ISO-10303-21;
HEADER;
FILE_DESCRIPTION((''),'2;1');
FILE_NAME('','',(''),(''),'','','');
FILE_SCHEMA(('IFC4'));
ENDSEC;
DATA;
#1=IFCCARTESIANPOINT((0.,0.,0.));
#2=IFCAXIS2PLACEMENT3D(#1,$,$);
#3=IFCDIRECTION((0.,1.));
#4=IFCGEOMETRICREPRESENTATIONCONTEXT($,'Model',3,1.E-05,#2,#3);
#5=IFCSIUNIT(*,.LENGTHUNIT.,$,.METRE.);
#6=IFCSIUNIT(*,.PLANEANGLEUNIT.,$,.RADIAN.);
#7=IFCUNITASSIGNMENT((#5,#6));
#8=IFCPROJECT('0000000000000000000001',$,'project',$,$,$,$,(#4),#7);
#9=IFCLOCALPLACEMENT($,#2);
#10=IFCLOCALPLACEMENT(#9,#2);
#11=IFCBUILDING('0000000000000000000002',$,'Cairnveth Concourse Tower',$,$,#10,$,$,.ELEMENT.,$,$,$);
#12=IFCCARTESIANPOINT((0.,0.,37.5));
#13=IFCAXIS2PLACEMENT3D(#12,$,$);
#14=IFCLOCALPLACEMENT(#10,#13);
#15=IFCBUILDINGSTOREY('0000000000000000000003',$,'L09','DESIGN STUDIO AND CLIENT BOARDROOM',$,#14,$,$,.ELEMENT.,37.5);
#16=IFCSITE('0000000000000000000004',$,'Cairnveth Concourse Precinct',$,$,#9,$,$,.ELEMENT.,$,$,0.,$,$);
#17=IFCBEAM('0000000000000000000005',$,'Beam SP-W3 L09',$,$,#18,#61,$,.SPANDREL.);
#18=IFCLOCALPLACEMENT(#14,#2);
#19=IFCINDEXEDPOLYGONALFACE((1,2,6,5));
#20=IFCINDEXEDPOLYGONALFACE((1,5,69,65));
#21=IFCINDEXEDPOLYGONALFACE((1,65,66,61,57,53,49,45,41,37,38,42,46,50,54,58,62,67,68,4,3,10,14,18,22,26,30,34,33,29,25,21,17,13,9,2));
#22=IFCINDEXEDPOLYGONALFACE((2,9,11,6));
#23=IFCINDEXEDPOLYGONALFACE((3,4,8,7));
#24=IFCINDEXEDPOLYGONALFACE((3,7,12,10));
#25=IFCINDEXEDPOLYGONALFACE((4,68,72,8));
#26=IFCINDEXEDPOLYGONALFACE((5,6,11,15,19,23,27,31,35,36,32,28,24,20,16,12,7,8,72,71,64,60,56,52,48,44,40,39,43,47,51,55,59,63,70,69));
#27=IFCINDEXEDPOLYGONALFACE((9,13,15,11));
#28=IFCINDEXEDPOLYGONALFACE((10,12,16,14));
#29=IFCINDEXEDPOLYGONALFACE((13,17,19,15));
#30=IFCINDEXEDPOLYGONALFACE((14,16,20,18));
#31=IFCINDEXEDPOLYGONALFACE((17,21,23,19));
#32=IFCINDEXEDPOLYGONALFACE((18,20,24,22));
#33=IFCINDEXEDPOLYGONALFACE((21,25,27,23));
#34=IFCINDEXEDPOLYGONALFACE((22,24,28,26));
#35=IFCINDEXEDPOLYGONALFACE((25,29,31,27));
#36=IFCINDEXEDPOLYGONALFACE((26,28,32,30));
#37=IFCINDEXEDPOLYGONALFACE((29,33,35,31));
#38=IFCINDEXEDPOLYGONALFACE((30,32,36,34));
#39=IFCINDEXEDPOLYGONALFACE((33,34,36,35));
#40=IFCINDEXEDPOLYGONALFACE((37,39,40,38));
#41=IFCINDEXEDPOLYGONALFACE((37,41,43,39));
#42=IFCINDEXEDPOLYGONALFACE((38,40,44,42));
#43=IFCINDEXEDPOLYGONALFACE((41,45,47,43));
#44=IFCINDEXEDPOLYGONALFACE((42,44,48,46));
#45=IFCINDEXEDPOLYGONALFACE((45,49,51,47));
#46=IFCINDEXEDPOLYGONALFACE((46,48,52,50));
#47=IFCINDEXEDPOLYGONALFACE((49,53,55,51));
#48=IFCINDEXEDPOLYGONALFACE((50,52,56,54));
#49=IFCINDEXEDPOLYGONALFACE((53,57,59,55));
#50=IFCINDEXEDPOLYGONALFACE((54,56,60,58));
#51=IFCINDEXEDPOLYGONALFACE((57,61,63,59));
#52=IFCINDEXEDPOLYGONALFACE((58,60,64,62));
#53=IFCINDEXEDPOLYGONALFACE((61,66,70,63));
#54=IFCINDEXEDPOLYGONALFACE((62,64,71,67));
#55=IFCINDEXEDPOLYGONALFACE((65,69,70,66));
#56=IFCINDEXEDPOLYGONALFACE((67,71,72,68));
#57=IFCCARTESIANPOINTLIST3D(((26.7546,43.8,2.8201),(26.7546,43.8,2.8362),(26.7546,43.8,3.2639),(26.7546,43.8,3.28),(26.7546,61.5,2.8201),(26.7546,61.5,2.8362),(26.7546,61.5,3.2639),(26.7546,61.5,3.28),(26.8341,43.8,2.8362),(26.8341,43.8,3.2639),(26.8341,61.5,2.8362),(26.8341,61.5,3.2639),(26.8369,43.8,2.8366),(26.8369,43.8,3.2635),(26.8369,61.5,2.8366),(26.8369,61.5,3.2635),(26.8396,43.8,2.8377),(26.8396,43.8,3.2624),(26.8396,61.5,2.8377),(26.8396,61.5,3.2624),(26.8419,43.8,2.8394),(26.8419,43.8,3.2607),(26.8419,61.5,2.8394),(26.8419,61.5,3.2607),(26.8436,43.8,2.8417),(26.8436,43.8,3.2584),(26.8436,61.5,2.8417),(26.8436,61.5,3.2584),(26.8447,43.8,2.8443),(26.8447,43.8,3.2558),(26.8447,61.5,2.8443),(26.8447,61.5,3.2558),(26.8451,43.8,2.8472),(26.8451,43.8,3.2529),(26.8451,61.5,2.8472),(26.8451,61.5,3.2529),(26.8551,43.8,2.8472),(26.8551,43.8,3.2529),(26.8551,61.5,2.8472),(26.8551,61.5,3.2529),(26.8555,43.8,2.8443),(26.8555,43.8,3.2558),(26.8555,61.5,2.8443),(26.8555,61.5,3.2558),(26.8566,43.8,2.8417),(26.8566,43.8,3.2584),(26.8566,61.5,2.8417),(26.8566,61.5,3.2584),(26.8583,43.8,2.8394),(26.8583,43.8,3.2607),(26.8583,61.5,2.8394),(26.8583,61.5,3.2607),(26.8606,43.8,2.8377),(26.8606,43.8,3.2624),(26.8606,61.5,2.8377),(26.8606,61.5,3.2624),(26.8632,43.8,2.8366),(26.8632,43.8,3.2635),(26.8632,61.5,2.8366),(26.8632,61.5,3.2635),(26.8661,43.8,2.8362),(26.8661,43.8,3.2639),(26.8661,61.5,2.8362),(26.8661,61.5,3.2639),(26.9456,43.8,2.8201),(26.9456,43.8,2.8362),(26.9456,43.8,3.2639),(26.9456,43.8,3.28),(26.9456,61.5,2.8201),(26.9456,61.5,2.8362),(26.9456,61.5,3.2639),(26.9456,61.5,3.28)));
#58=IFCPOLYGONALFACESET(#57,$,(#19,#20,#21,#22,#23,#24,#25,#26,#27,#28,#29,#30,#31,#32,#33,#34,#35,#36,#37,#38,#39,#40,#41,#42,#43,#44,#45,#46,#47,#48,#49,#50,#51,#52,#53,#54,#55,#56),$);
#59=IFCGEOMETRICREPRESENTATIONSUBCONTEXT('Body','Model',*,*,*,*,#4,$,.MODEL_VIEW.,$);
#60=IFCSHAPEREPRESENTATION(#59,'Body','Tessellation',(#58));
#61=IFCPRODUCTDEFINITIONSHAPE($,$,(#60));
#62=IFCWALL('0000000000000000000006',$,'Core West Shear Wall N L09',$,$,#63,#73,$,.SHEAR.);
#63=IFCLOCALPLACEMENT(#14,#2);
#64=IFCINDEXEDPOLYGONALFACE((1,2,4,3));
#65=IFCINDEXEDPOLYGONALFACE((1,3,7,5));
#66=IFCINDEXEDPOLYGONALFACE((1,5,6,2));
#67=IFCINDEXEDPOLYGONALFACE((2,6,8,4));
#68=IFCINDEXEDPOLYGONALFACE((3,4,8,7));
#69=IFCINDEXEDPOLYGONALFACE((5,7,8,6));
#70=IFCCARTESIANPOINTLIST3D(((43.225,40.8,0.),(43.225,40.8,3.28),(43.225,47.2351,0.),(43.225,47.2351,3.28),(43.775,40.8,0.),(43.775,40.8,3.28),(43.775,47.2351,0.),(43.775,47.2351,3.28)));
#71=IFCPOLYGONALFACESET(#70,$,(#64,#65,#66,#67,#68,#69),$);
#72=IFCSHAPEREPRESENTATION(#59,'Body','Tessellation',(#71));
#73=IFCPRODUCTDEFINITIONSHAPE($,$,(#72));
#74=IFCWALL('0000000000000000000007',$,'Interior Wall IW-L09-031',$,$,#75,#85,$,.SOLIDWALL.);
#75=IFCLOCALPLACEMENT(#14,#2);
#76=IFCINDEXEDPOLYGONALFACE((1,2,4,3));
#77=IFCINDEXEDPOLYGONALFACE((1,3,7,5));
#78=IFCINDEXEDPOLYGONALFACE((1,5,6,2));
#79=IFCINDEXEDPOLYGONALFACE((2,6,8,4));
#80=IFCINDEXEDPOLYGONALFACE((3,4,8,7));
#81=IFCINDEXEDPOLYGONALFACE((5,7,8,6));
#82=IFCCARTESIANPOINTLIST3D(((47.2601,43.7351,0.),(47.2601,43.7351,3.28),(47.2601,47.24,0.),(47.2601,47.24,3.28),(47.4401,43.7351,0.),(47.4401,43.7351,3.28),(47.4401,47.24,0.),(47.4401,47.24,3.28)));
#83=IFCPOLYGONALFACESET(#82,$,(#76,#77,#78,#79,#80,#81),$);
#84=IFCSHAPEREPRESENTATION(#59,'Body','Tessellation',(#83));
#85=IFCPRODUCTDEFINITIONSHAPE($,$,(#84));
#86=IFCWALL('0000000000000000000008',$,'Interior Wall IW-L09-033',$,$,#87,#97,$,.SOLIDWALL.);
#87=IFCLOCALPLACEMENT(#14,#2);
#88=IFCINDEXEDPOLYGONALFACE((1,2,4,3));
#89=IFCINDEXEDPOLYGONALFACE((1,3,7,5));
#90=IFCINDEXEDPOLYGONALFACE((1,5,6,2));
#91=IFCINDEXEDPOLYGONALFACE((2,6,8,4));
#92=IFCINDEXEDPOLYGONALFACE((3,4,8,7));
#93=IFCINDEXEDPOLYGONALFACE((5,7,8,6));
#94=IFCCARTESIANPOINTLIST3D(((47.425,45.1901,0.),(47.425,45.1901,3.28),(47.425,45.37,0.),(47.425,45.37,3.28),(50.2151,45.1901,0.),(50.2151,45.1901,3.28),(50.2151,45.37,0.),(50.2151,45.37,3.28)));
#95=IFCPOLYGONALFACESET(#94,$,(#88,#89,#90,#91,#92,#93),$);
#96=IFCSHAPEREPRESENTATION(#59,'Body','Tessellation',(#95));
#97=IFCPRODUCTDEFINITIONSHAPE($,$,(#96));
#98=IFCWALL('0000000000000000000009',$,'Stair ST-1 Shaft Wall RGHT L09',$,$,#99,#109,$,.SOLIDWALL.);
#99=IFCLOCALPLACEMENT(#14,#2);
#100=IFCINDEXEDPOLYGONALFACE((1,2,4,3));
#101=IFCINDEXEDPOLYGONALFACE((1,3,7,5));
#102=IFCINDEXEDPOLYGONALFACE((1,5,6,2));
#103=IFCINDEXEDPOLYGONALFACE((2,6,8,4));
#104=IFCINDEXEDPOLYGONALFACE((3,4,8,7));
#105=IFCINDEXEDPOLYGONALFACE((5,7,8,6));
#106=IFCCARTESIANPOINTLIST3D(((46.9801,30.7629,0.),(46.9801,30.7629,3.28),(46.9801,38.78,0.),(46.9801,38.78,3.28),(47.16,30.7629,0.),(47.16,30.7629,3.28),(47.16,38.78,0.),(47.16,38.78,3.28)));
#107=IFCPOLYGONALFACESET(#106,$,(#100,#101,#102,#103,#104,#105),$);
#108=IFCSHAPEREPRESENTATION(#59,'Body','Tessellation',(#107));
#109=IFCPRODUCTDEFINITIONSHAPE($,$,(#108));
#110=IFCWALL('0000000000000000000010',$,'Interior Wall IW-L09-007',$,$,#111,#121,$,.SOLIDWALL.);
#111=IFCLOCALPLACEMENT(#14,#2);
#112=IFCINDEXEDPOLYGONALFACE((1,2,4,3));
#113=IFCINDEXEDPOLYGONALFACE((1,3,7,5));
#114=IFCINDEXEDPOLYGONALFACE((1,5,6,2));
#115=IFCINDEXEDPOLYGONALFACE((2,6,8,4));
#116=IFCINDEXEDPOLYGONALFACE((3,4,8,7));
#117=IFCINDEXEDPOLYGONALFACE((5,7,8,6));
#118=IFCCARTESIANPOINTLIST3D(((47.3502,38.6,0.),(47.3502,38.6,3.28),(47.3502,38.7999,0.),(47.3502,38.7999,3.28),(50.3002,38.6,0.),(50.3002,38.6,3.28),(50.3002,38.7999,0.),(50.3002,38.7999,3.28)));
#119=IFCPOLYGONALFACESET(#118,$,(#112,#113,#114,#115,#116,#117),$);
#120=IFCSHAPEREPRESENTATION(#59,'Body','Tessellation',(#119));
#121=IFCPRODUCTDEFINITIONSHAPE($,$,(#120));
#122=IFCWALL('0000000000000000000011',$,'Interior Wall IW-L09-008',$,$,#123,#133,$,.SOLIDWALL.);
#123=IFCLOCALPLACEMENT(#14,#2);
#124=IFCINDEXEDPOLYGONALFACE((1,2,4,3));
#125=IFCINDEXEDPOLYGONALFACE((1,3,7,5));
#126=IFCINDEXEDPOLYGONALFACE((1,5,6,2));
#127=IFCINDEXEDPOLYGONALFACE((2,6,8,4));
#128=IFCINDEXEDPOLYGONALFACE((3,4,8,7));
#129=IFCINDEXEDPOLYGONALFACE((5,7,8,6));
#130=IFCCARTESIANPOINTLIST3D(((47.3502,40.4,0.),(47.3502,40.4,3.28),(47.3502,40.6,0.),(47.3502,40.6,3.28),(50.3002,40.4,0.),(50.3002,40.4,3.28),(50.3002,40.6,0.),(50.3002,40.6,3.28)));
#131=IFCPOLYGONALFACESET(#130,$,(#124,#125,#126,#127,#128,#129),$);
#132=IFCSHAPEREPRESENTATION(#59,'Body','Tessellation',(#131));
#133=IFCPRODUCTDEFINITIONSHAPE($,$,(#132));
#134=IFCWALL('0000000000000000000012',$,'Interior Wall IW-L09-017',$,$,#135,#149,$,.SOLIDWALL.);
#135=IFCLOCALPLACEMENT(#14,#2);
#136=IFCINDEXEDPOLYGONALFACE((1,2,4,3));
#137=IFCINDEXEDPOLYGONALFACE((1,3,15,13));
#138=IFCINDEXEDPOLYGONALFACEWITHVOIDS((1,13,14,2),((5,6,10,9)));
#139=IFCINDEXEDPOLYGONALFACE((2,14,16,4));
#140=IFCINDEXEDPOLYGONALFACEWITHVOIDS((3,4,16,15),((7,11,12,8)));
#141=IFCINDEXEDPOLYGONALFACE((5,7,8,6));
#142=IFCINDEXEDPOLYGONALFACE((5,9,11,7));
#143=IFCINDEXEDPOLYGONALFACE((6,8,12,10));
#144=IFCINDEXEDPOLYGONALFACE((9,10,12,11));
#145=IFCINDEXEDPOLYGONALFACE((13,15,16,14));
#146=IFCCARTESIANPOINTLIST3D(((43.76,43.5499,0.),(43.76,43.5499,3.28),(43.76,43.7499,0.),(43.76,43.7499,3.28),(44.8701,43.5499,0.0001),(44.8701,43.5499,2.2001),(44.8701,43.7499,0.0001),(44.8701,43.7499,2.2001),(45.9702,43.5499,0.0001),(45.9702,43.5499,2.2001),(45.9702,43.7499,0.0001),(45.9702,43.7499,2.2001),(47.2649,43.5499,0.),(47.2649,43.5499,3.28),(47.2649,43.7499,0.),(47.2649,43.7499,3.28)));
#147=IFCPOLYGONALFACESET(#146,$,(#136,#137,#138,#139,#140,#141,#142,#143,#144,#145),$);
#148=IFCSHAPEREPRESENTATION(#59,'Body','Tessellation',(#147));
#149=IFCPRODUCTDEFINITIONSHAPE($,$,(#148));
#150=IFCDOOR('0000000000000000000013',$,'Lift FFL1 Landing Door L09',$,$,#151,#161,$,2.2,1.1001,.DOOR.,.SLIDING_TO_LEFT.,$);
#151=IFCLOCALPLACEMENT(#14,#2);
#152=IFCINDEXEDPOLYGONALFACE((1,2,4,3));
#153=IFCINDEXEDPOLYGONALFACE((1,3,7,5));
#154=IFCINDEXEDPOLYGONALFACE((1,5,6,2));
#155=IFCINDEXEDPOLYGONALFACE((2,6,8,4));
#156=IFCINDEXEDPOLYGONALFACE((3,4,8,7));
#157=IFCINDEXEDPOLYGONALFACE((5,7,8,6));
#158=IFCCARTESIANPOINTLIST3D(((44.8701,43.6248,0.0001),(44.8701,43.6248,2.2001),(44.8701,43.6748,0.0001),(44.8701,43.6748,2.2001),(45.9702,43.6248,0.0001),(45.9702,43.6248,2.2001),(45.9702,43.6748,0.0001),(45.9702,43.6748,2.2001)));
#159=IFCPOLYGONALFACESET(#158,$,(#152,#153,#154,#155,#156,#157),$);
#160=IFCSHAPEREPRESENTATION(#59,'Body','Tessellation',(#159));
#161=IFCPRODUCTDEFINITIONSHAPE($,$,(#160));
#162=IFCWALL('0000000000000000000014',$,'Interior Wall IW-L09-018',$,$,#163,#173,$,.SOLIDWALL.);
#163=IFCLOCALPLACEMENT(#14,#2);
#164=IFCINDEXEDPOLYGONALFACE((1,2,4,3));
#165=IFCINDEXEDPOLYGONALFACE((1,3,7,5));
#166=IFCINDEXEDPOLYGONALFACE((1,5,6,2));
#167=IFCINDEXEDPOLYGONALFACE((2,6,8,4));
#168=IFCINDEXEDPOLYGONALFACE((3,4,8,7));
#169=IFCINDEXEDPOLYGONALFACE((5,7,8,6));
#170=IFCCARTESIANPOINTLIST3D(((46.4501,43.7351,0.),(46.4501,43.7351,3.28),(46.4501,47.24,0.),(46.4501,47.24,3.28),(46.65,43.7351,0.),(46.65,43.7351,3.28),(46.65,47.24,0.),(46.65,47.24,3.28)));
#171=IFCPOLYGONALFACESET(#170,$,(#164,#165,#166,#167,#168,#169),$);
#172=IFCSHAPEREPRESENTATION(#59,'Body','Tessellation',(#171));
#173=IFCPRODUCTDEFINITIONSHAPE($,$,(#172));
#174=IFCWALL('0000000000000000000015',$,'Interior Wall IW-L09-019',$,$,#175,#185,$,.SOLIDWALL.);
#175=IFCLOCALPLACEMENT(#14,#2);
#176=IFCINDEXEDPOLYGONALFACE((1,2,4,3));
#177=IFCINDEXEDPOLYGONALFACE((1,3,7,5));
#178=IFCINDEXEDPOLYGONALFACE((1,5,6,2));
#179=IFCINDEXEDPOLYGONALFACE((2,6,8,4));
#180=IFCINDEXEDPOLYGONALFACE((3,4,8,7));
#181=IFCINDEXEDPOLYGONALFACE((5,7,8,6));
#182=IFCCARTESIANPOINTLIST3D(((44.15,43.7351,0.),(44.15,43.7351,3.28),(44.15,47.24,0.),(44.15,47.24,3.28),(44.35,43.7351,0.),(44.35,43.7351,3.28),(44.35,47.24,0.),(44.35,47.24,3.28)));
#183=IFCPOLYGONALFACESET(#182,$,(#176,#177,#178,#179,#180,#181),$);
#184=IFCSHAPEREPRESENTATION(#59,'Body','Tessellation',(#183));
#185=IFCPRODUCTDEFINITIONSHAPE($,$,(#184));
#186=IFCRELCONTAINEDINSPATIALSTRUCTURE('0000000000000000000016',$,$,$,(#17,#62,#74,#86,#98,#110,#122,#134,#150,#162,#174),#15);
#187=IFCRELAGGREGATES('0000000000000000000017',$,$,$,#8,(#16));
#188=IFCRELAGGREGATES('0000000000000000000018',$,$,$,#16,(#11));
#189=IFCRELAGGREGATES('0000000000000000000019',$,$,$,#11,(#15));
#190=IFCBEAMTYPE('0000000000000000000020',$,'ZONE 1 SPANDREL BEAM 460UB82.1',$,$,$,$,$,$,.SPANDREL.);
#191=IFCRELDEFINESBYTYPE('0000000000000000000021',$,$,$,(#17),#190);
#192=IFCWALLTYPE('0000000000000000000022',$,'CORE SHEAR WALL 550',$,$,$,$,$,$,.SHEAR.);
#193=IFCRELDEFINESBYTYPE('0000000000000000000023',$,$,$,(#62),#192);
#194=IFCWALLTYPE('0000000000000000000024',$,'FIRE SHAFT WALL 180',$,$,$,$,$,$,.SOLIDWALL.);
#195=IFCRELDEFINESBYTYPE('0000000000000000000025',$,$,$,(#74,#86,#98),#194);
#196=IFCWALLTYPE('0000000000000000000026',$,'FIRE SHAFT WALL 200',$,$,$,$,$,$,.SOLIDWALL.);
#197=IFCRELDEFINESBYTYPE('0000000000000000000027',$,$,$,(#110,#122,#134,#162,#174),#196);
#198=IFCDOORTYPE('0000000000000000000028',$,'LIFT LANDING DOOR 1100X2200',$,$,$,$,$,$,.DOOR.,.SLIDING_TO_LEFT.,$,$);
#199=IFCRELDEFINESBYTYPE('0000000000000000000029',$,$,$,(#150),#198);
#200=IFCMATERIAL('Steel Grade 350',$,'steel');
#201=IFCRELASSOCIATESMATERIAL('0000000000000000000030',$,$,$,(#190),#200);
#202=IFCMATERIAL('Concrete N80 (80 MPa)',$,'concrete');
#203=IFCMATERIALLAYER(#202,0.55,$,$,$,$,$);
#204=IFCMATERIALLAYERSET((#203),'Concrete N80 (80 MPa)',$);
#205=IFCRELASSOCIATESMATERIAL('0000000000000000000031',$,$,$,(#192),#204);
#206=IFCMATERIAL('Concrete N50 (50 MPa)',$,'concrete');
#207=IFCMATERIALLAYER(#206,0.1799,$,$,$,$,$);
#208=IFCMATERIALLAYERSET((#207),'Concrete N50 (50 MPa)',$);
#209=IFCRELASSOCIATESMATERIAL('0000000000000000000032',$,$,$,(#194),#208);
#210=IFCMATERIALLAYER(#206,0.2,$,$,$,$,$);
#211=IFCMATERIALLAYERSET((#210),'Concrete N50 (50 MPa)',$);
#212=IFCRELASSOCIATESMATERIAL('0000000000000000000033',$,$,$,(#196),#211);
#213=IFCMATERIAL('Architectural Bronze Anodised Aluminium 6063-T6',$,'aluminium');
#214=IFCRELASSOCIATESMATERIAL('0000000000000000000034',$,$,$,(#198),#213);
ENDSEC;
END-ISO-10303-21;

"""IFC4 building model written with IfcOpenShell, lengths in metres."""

from ifc_helpers import new_model, si_unit, direction, frame, frame_2d, origin, origin_2d, place, context, subcontext, project, spatial, rectangle, i_section, extrude, material, layer, layer_set, material_profile, profile_set, type_object, element, fill, save


model = new_model("IFC4")

# Units and contexts
model_context = context("Model", 3, precision=1e-05, world=origin(), true_north=direction((0.0, 1.0)))
body_context = subcontext(model_context, "Body", "Model", "MODEL_VIEW")
ifc_project = project(units=[si_unit("LENGTHUNIT", "METRE"), si_unit("PLANEANGLEUNIT", "RADIAN")], contexts=[model_context])

# Site, building, storey
site_placement = place(None, origin())
site = spatial("IfcSite", under=ifc_project, at=site_placement, Name="Cairnveth Concourse Precinct", CompositionType="ELEMENT", RefElevation=0.0)
building_placement = place(site_placement, origin())
building = spatial("IfcBuilding", under=site, at=building_placement, Name="Cairnveth Concourse Tower", CompositionType="ELEMENT")
storey_placement = place(building_placement, frame((0.0, 0.0, 37.5)))
storey = spatial("IfcBuildingStorey", under=building, at=storey_placement, Name="L09", Description="DESIGN STUDIO AND CLIENT BOARDROOM", CompositionType="ELEMENT", Elevation=37.5)

# Shared definitions
ifc_material_1 = material(Name="Concrete N80 (80 MPa)", Category="concrete")

# Beam
ifc_material_2 = material(Name="Steel Grade 350", Category="steel")
ifc_material_profile_1 = material_profile(ifc_material_2, i_section(OverallWidth=0.1909, OverallDepth=0.46, WebThickness=0.01, FlangeThickness=0.0161, FilletRadius=0.011, at=origin_2d()), Name="460UB82.1")
ifc_profile_set_1 = profile_set([ifc_material_profile_1], Name="Steel Grade 350")
beam_type_1 = type_object("IfcBeamType", Name="ZONE 1 SPANDREL BEAM 460UB82.1", PredefinedType="SPANDREL", material=ifc_profile_set_1)
beam_1_placement = place(storey_placement, frame((26.8501, 43.8, 3.05), z_axis=(0.0, 1.0, 0.0), x_axis=(-1.0, 0.0, 0.0)))
element("IfcBeam", 1, at=beam_1_placement, inside=storey, type_object=beam_type_1, Name="Beam SP-W3 L09", PredefinedType="SPANDREL", context=body_context, shape_type="SweptSolid", body=[
    extrude(i_section(OverallWidth=0.1909, OverallDepth=0.46, WebThickness=0.01, FlangeThickness=0.0161, FilletRadius=0.011, at=origin_2d()), origin(), (0.0, 0.0, 1.0), 17.7),
])

# Walls
ifc_layer_1 = layer(ifc_material_1, 0.55)
ifc_layer_set_1 = layer_set([ifc_layer_1], Name="Concrete N80 (80 MPa)")
wall_type_1 = type_object("IfcWallType", Name="CORE SHEAR WALL 550", PredefinedType="SHEAR", material=ifc_layer_set_1)
wall_1_placement = place(storey_placement, frame((43.5, 40.8, 0.0), z_axis=(0.0, 0.0, 1.0), x_axis=(0.0, 1.0, 0.0)))
element("IfcWall", 2, at=wall_1_placement, inside=storey, type_object=wall_type_1, Name="Core West Shear Wall N L09", PredefinedType="SHEAR", context=body_context, shape_type="SweptSolid", body=[
    extrude(rectangle(XDim=6.4351, YDim=0.55, at=frame_2d((3.2175, 0.0))), origin(), (0.0, 0.0, 1.0), 3.28),
])
ifc_material_3 = material(Name="Concrete N50 (50 MPa)", Category="concrete")
ifc_layer_2 = layer(ifc_material_3, 0.1799)
ifc_layer_set_2 = layer_set([ifc_layer_2], Name="Concrete N50 (50 MPa)")
wall_type_2 = type_object("IfcWallType", Name="FIRE SHAFT WALL 180", PredefinedType="SOLIDWALL", material=ifc_layer_set_2)
wall_2_placement = place(storey_placement, frame((47.3501, 43.7351, 0.0), z_axis=(0.0, 0.0, 1.0), x_axis=(0.0, 1.0, 0.0)))
element("IfcWall", 3, at=wall_2_placement, inside=storey, type_object=wall_type_2, Name="Interior Wall IW-L09-031", PredefinedType="SOLIDWALL", context=body_context, shape_type="SweptSolid", body=[
    extrude(rectangle(XDim=3.5049, YDim=0.1799, at=frame_2d((1.7524, 0.0))), origin(), (0.0, 0.0, 1.0), 3.28),
])
wall_3_placement = place(storey_placement, frame((47.425, 45.28, 0.0), z_axis=(0.0, 0.0, 1.0), x_axis=(1.0, 0.0, 0.0)))
element("IfcWall", 4, at=wall_3_placement, inside=storey, type_object=wall_type_2, Name="Interior Wall IW-L09-033", PredefinedType="SOLIDWALL", context=body_context, shape_type="SweptSolid", body=[
    extrude(rectangle(XDim=2.79, YDim=0.1799, at=frame_2d((1.395, 0.0))), origin(), (0.0, 0.0, 1.0), 3.28),
])

# Walls
wall_4_placement = place(storey_placement, frame((47.0701, 38.78, 0.0), z_axis=(0.0, 0.0, 1.0), x_axis=(0.0, -1.0, 0.0)))
element("IfcWall", 5, at=wall_4_placement, inside=storey, type_object=wall_type_2, Name="Stair ST-1 Shaft Wall RGHT L09", PredefinedType="SOLIDWALL", context=body_context, shape_type="SweptSolid", body=[
    extrude(rectangle(XDim=8.0171, YDim=0.1799, at=frame_2d((4.0085, 0.0))), origin(), (0.0, 0.0, 1.0), 3.28),
])
ifc_layer_3 = layer(ifc_material_3, 0.2)
ifc_layer_set_3 = layer_set([ifc_layer_3], Name="Concrete N50 (50 MPa)")
wall_type_3 = type_object("IfcWallType", Name="FIRE SHAFT WALL 200", PredefinedType="SOLIDWALL", material=ifc_layer_set_3)
for number, where, z_axis, x_axis, name in (
    (6, (47.3501, 38.7, 0.0), (0.0, 0.0, 1.0), (1.0, 0.0, 0.0), "Interior Wall IW-L09-007"),
    (7, (47.3501, 40.5, 0.0), (0.0, 0.0, 1.0), (1.0, 0.0, 0.0), "Interior Wall IW-L09-008"),
):
    element("IfcWall", number, at=place(storey_placement, frame(where, z_axis=z_axis, x_axis=x_axis)), inside=storey, type_object=wall_type_3, Name=name, PredefinedType="SOLIDWALL", context=body_context, shape_type="SweptSolid", body=[
        extrude(rectangle(XDim=2.95, YDim=0.2, at=frame_2d((1.4751, 0.0))), origin(), (0.0, 0.0, 1.0), 3.28),
    ])

# Wall, opening, door
wall_5_placement = place(storey_placement, frame((43.76, 43.6499, 0.0), z_axis=(0.0, 0.0, 1.0), x_axis=(1.0, 0.0, 0.0)))
wall_5 = element("IfcWall", 8, at=wall_5_placement, inside=storey, type_object=wall_type_3, Name="Interior Wall IW-L09-017", PredefinedType="SOLIDWALL", context=body_context, shape_type="SweptSolid", body=[
    extrude(rectangle(XDim=3.5049, YDim=0.2, at=frame_2d((1.7524, 0.0))), origin(), (0.0, 0.0, 1.0), 3.28),
])
opening_1_placement = place(wall_5_placement, frame((1.1101, 0.0, 0.0)))
opening_1 = element("IfcOpeningElement", 9, at=opening_1_placement, cuts=wall_5, PredefinedType="OPENING", context=body_context, shape_type="SweptSolid", body=[
    extrude(rectangle(XDim=1.1001, YDim=2.2, at=frame_2d((0.55, 1.1001))), frame((0.0, 0.1099, 0.0), z_axis=(0.0, -1.0, 0.0), x_axis=(1.0, 0.0, 0.0)), (0.0, 0.0, 1.0), 0.22),
])
ifc_material_4 = material(Name="Architectural Bronze Anodised Aluminium 6063-T6", Category="aluminium")
door_type_1 = type_object("IfcDoorType", Name="LIFT LANDING DOOR 1100X2200", OperationType="SLIDING_TO_LEFT", PredefinedType="DOOR", material=ifc_material_4)
door_1_placement = place(opening_1_placement, origin())
door_1 = element("IfcDoor", 10, at=door_1_placement, inside=storey, type_object=door_type_1, Name="Lift FFL1 Landing Door L09", OperationType="SLIDING_TO_LEFT", OverallHeight=2.2, OverallWidth=1.1001, PredefinedType="DOOR", context=body_context, shape_type="SweptSolid", body=[
    extrude(rectangle(XDim=1.1001, YDim=2.2, at=frame_2d((0.55, 1.1001))), frame((0.0, 0.0249, 0.0), z_axis=(0.0, -1.0, 0.0), x_axis=(1.0, 0.0, 0.0)), (0.0, 0.0, 1.0), 0.05),
])
fill(opening_1, door_1)

# Walls
for number, where, z_axis, x_axis, name in (
    (11, (46.55, 43.7351, 0.0), (0.0, 0.0, 1.0), (0.0, 1.0, 0.0), "Interior Wall IW-L09-018"),
    (12, (44.25, 43.7351, 0.0), (0.0, 0.0, 1.0), (0.0, 1.0, 0.0), "Interior Wall IW-L09-019"),
):
    element("IfcWall", number, at=place(storey_placement, frame(where, z_axis=z_axis, x_axis=x_axis)), inside=storey, type_object=wall_type_3, Name=name, PredefinedType="SOLIDWALL", context=body_context, shape_type="SweptSolid", body=[
        extrude(rectangle(XDim=3.5049, YDim=0.2, at=frame_2d((1.7524, 0.0))), origin(), (0.0, 0.0, 1.0), 3.28),
    ])

save(model, "model.ifc")
